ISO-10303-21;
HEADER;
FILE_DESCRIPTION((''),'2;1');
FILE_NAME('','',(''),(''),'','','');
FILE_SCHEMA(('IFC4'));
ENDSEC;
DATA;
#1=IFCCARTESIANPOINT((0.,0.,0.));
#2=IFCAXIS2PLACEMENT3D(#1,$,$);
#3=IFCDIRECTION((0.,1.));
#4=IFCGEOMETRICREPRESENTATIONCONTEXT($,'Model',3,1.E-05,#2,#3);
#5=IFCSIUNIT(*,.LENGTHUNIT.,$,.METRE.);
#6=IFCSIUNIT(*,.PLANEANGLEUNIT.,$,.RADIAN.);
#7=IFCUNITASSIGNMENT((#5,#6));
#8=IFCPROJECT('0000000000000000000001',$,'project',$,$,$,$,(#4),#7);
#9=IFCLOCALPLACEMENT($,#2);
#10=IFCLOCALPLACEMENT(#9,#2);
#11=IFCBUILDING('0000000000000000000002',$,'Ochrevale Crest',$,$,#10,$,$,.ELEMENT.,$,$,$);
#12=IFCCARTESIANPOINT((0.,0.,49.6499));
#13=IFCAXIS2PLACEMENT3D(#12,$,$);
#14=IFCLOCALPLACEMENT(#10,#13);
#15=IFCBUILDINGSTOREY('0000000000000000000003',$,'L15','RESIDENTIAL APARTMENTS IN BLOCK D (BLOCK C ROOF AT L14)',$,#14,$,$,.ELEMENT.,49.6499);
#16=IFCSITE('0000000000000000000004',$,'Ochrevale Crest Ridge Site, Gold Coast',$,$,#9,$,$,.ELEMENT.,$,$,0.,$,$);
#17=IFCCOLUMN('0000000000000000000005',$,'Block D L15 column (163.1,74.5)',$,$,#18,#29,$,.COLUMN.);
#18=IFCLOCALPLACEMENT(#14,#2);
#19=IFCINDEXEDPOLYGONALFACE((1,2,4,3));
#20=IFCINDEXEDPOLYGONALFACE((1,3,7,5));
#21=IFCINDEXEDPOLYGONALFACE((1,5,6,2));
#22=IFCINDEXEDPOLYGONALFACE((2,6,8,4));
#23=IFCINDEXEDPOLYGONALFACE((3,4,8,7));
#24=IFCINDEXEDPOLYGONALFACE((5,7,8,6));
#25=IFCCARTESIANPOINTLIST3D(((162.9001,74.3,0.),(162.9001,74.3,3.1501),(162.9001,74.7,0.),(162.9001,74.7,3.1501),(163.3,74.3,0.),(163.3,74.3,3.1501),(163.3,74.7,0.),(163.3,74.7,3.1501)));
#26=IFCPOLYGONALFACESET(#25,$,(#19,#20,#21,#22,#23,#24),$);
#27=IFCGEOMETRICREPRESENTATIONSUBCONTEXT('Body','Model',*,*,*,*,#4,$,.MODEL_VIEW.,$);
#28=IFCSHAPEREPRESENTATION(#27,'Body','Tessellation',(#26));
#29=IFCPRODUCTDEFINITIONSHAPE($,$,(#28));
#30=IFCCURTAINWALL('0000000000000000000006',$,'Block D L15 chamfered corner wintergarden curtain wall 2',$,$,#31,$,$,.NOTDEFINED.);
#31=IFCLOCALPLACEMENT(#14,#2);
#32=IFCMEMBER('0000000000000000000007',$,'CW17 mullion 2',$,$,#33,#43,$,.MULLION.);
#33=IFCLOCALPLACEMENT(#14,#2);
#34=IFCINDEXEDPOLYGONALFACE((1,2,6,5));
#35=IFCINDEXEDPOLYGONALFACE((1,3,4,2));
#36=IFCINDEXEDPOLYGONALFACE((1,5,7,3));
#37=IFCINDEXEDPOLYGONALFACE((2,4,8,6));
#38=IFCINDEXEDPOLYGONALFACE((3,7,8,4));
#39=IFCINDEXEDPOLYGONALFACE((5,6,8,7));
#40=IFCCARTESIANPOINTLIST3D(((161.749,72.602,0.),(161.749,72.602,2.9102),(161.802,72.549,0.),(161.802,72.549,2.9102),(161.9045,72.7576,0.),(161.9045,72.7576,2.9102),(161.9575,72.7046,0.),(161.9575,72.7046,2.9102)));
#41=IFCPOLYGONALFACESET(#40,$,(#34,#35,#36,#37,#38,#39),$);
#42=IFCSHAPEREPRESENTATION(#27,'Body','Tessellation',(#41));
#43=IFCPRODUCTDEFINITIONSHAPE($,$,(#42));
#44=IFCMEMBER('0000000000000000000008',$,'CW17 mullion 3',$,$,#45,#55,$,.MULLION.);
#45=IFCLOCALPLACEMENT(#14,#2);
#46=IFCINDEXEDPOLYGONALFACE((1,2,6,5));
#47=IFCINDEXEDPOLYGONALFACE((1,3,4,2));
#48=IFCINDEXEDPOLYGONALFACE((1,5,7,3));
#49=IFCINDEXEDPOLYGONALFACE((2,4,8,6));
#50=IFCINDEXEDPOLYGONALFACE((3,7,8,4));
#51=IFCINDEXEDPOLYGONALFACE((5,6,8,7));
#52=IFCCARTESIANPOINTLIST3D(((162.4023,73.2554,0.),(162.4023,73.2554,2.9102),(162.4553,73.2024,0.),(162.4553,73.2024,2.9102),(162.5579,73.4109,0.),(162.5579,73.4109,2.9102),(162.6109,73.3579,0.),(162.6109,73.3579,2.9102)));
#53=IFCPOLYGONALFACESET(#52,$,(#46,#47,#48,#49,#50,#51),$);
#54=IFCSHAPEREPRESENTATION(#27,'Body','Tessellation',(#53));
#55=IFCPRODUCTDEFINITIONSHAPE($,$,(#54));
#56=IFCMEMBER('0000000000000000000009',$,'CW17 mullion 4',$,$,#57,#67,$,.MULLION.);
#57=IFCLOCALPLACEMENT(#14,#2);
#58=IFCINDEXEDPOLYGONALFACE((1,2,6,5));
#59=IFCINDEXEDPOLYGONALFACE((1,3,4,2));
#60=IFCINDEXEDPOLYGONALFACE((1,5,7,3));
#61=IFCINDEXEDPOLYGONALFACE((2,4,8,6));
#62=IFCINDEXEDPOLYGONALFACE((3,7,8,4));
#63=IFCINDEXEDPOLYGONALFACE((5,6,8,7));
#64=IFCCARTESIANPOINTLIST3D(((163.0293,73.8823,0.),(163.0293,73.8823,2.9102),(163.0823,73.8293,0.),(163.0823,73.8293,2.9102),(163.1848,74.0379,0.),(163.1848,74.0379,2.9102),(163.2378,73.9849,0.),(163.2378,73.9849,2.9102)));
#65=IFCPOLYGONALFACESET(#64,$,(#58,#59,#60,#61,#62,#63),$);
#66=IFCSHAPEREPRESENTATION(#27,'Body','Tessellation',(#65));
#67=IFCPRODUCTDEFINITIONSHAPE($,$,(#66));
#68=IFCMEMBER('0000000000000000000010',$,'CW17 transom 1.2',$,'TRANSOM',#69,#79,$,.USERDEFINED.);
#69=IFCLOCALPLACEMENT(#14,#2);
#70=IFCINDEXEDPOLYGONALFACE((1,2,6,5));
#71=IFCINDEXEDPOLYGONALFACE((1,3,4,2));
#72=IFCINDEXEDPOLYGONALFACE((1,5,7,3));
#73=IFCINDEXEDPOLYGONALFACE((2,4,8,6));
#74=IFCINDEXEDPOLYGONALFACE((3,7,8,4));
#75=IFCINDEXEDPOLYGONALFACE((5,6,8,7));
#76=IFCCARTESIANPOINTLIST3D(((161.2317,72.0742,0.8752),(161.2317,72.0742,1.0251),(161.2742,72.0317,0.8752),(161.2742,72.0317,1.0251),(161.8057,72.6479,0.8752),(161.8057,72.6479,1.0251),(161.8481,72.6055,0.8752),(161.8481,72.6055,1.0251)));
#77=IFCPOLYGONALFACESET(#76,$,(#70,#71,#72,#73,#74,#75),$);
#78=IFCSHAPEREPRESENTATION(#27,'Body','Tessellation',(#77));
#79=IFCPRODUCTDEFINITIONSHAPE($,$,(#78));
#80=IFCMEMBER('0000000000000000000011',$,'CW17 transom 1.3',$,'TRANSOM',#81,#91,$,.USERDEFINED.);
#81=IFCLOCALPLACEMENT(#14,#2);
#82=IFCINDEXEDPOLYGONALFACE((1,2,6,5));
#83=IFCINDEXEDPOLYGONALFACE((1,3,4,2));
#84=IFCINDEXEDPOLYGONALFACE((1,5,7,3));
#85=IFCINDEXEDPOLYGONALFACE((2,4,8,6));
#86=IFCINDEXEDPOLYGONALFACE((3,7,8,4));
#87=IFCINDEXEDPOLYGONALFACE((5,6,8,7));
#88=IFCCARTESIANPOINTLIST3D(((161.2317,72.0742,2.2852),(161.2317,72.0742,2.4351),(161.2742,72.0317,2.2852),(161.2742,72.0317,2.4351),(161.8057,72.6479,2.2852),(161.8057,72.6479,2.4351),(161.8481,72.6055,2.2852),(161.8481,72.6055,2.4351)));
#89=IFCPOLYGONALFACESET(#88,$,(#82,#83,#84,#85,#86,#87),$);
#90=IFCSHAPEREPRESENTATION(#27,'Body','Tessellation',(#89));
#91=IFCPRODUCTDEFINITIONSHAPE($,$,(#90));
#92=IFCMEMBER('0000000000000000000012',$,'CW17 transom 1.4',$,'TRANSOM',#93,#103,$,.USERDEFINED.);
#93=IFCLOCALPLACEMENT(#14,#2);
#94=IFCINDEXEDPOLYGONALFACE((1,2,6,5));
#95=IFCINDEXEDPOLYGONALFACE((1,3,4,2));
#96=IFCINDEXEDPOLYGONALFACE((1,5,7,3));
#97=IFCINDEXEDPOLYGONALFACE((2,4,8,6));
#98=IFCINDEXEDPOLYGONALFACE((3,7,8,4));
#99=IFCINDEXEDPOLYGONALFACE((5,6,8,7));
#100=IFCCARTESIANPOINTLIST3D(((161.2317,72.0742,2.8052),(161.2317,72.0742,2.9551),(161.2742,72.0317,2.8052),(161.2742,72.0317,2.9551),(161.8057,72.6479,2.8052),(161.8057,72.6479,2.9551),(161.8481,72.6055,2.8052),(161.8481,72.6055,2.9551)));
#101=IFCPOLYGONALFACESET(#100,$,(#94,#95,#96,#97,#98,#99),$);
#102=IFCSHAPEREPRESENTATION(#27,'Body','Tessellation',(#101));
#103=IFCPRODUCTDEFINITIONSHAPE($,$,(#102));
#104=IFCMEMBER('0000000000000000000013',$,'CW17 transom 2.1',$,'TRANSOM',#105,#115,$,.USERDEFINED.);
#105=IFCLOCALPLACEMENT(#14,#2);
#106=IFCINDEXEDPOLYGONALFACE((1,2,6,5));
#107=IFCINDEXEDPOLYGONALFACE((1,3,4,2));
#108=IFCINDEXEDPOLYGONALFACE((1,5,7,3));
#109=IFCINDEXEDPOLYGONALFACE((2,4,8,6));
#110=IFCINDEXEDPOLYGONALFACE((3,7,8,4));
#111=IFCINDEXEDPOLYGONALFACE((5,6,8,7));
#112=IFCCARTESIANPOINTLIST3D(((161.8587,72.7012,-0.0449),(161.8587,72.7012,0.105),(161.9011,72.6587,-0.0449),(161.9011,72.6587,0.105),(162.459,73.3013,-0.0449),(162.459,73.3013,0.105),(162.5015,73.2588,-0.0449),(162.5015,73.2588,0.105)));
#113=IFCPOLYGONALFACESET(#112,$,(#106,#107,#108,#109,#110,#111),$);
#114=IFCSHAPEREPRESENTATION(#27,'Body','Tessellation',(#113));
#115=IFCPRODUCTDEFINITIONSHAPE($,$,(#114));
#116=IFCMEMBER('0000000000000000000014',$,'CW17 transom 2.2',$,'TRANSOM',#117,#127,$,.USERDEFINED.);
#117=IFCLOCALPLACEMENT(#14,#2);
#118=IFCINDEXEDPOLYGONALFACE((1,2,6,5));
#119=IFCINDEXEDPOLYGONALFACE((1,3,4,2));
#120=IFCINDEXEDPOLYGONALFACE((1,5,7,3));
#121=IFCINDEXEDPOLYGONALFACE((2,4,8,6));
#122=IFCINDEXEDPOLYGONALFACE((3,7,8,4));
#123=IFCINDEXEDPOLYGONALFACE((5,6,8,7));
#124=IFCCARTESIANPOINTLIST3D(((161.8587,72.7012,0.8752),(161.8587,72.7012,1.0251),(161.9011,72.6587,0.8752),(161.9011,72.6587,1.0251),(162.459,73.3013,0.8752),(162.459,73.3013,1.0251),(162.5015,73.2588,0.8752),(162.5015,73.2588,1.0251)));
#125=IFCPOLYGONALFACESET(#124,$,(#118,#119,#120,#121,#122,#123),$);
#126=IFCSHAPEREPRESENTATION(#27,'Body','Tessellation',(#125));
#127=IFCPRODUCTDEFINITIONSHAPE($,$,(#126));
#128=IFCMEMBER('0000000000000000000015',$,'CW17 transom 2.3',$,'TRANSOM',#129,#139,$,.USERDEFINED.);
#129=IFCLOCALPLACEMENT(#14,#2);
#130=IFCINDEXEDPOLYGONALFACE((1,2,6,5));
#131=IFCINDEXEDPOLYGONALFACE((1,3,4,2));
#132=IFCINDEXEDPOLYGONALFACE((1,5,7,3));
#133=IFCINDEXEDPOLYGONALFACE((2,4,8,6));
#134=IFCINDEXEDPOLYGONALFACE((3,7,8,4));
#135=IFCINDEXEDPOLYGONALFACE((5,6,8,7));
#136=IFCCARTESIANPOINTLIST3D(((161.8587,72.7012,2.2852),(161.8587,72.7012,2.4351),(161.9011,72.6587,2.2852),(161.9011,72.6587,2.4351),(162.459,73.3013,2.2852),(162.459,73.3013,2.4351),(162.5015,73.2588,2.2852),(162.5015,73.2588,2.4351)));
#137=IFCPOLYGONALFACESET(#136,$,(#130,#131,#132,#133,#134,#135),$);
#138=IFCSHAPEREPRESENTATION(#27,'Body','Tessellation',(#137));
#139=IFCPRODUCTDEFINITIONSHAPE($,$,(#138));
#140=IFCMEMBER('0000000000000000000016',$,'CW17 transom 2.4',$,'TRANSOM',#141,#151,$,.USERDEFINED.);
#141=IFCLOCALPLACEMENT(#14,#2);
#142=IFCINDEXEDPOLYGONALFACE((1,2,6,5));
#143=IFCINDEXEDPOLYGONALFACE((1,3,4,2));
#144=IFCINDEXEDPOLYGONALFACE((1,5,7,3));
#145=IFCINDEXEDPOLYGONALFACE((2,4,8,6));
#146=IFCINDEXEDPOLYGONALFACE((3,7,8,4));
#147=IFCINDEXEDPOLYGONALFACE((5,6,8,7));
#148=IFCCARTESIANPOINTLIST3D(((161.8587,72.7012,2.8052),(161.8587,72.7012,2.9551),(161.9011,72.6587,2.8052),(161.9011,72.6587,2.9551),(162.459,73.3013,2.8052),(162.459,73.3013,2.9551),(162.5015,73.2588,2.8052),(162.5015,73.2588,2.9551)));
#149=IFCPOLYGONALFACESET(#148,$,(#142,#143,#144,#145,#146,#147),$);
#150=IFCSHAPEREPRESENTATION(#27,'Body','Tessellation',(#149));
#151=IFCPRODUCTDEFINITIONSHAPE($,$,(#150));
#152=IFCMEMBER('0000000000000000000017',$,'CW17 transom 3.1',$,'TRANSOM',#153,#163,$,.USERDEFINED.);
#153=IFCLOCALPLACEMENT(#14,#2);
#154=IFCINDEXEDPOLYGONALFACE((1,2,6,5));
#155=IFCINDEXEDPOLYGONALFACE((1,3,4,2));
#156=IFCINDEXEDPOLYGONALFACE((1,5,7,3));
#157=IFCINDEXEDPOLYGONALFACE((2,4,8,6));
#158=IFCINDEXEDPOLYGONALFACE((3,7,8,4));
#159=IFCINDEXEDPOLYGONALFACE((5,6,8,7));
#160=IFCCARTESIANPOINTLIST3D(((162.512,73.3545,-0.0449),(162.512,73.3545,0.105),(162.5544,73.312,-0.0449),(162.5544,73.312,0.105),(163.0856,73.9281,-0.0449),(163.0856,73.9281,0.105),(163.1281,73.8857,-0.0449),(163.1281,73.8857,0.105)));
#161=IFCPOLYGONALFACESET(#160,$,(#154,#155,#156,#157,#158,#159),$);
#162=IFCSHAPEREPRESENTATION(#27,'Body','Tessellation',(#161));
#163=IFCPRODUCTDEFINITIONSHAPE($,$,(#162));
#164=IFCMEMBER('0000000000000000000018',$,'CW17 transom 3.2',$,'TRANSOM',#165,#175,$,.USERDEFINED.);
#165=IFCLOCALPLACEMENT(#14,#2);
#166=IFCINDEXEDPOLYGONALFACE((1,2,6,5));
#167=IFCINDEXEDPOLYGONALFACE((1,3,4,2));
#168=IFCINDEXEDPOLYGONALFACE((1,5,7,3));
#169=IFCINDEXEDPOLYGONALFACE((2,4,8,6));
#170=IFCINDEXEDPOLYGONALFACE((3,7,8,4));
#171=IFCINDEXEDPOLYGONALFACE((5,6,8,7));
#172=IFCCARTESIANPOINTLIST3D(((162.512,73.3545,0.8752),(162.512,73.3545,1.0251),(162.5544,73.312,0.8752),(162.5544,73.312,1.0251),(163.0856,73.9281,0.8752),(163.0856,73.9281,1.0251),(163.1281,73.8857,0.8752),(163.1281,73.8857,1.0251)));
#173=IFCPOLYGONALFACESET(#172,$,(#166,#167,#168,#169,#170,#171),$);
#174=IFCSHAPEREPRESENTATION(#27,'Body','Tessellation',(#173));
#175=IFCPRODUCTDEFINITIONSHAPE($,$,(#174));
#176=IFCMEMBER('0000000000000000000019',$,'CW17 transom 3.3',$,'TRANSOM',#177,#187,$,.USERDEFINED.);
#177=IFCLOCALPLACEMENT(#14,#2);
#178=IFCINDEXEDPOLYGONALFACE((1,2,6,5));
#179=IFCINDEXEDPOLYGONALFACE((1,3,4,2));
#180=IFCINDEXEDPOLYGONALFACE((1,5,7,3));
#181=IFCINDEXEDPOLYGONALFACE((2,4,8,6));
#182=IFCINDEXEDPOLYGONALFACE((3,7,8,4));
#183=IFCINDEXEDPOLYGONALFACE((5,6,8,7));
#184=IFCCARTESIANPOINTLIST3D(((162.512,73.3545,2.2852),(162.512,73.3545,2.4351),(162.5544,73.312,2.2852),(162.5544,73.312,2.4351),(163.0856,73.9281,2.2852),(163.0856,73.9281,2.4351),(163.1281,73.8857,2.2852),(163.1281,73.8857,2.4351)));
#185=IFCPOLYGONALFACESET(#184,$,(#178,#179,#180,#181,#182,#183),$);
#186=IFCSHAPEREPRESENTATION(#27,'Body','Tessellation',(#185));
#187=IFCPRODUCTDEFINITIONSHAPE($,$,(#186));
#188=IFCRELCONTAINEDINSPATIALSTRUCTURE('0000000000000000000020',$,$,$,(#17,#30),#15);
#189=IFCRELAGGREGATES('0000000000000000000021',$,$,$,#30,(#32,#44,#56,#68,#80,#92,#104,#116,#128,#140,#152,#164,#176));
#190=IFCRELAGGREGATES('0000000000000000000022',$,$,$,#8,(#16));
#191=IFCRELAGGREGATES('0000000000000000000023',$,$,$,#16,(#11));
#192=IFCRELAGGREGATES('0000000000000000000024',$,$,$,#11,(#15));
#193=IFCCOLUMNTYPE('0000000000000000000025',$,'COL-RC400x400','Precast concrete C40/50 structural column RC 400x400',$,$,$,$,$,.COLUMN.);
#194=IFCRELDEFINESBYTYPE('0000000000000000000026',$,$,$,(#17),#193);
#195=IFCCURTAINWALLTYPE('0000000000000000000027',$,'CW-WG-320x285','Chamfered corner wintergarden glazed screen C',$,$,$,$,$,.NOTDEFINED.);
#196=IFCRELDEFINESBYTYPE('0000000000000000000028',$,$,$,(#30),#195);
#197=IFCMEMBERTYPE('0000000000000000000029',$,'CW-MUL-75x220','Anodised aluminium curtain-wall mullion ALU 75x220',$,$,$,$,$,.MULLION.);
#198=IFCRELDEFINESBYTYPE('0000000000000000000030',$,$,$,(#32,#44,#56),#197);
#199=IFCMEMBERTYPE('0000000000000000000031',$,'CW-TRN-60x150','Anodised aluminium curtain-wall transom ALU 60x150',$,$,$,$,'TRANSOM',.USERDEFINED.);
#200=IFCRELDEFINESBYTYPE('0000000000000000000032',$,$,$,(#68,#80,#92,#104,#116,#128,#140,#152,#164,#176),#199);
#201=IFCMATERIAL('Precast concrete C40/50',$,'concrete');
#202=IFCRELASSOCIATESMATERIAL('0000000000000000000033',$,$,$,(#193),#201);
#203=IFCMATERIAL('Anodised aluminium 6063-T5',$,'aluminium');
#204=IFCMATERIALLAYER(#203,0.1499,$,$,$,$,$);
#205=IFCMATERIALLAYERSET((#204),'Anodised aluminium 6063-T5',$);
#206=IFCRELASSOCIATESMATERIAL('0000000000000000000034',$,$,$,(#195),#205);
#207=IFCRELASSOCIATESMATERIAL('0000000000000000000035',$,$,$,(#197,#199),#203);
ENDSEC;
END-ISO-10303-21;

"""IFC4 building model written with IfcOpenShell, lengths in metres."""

from ifc_helpers import new_model, si_unit, direction, frame, origin, origin_2d, place, context, subcontext, project, spatial, rectangle, extrude, material, layer, layer_set, material_profile, profile_set, type_object, element, aggregate, save


model = new_model("IFC4")

# Units and contexts
model_context = context("Model", 3, precision=1e-05, world=origin(), true_north=direction((0.0, 1.0)))
body_context = subcontext(model_context, "Body", "Model", "MODEL_VIEW")
ifc_project = project(units=[si_unit("LENGTHUNIT", "METRE"), si_unit("PLANEANGLEUNIT", "RADIAN")], contexts=[model_context])

# Site, building, storey
site_placement = place(None, origin())
site = spatial("IfcSite", under=ifc_project, at=site_placement, Name="Ochrevale Crest Ridge Site, Gold Coast", CompositionType="ELEMENT", RefElevation=0.0)
building_placement = place(site_placement, origin())
building = spatial("IfcBuilding", under=site, at=building_placement, Name="Ochrevale Crest", CompositionType="ELEMENT")
storey_placement = place(building_placement, frame((0.0, 0.0, 49.6499)))
storey = spatial("IfcBuildingStorey", under=building, at=storey_placement, Name="L15", Description="RESIDENTIAL APARTMENTS IN BLOCK D (BLOCK C ROOF AT L14)", CompositionType="ELEMENT", Elevation=49.6499)

# Column
ifc_material_1 = material(Name="Precast concrete C40/50", Category="concrete")
ifc_material_profile_1 = material_profile(ifc_material_1, rectangle(XDim=0.3999, YDim=0.3999, at=origin_2d()), Name="RC 400x400")
ifc_profile_set_1 = profile_set([ifc_material_profile_1], Name="Precast concrete C40/50")
column_type = type_object("IfcColumnType", Name="COL-RC400x400", Description="Precast concrete C40/50 structural column RC 400x400", PredefinedType="COLUMN", material=ifc_profile_set_1)
column_placement = place(storey_placement, frame((163.1001, 74.5, 0.0), z_axis=(0.0, 0.0, 1.0), x_axis=(1.0, 0.0, 0.0)))
element("IfcColumn", 1, at=column_placement, inside=storey, type_object=column_type, Name="Block D L15 column (163.1,74.5)", PredefinedType="COLUMN", context=body_context, shape_type="SweptSolid", body=[
    extrude(rectangle(XDim=0.3999, YDim=0.3999, at=origin_2d()), origin(), (0.0, 0.0, 1.0), 3.1501),
])

# Curtain wall, members
ifc_material_2 = material(Name="Anodised aluminium 6063-T5", Category="aluminium")
ifc_layer_1 = layer(ifc_material_2, 0.1499)
ifc_layer_set_1 = layer_set([ifc_layer_1], Name="Anodised aluminium 6063-T5")
curtain_wall_type = type_object("IfcCurtainWallType", Name="CW-WG-320x285", Description="Chamfered corner wintergarden glazed screen C", PredefinedType="NOTDEFINED", material=ifc_layer_set_1)
curtain_wall_placement = place(storey_placement, origin())
curtain_wall = element("IfcCurtainWall", 2, at=curtain_wall_placement, inside=storey, type_object=curtain_wall_type, Name="Block D L15 chamfered corner wintergarden curtain wall 2", PredefinedType="NOTDEFINED")
ifc_material_profile_2 = material_profile(ifc_material_2, rectangle(XDim=0.075, YDim=0.22, at=origin_2d()), Name="ALU 75x220")
ifc_profile_set_2 = profile_set([ifc_material_profile_2], Name="Anodised aluminium 6063-T5")
member_type_1 = type_object("IfcMemberType", Name="CW-MUL-75x220", Description="Anodised aluminium curtain-wall mullion ALU 75x220", PredefinedType="MULLION", material=ifc_profile_set_2)
member_1_placement = place(storey_placement, frame((161.8533, 72.6533, 0.0), z_axis=(0.0, 0.0, 1.0), x_axis=(-0.707107, 0.707107, 0.0)))
member_1 = element("IfcMember", 3, at=member_1_placement, type_object=member_type_1, Name="CW17 mullion 2", PredefinedType="MULLION", context=body_context, shape_type="SweptSolid", body=[
    extrude(rectangle(XDim=0.075, YDim=0.22, at=origin_2d()), origin(), (0.0, 0.0, 1.0), 2.9102),
])
member_2_placement = place(storey_placement, frame((162.5066, 73.3066, 0.0), z_axis=(0.0, 0.0, 1.0), x_axis=(-0.707107, 0.707107, 0.0)))
member_2 = element("IfcMember", 4, at=member_2_placement, type_object=member_type_1, Name="CW17 mullion 3", PredefinedType="MULLION", context=body_context, shape_type="SweptSolid", body=[
    extrude(rectangle(XDim=0.075, YDim=0.22, at=origin_2d()), origin(), (0.0, 0.0, 1.0), 2.9102),
])
member_3_placement = place(storey_placement, frame((163.1335, 73.9336, 0.0), z_axis=(0.0, 0.0, 1.0), x_axis=(-0.707107, 0.707107, 0.0)))
member_3 = element("IfcMember", 5, at=member_3_placement, type_object=member_type_1, Name="CW17 mullion 4", PredefinedType="MULLION", context=body_context, shape_type="SweptSolid", body=[
    extrude(rectangle(XDim=0.075, YDim=0.22, at=origin_2d()), origin(), (0.0, 0.0, 1.0), 2.9102),
])
ifc_material_profile_3 = material_profile(ifc_material_2, rectangle(XDim=0.0601, YDim=0.1499, at=origin_2d()), Name="ALU 60x150")
ifc_profile_set_3 = profile_set([ifc_material_profile_3], Name="Anodised aluminium 6063-T5")
member_type_2 = type_object("IfcMemberType", Name="CW-TRN-60x150", Description="Anodised aluminium curtain-wall transom ALU 60x150", ElementType="TRANSOM", PredefinedType="USERDEFINED", material=ifc_profile_set_3)
member_4_placement = place(storey_placement, frame((161.2529, 72.053, 0.9502), z_axis=(0.707257, 0.706956, 0.0), x_axis=(-0.706956, 0.707257, 0.0)))
member_4 = element("IfcMember", 6, at=member_4_placement, type_object=member_type_2, Name="CW17 transom 1.2", ObjectType="TRANSOM", PredefinedType="USERDEFINED", context=body_context, shape_type="SweptSolid", body=[
    extrude(rectangle(XDim=0.0601, YDim=0.1499, at=origin_2d()), origin(), (0.0, 0.0, 1.0), 0.8115),
])
member_5_placement = place(storey_placement, frame((161.2529, 72.053, 2.3601), z_axis=(0.707257, 0.706956, 0.0), x_axis=(-0.706956, 0.707257, 0.0)))
member_5 = element("IfcMember", 7, at=member_5_placement, type_object=member_type_2, Name="CW17 transom 1.3", ObjectType="TRANSOM", PredefinedType="USERDEFINED", context=body_context, shape_type="SweptSolid", body=[
    extrude(rectangle(XDim=0.0601, YDim=0.1499, at=origin_2d()), origin(), (0.0, 0.0, 1.0), 0.8115),
])
member_6_placement = place(storey_placement, frame((161.2529, 72.053, 2.8801), z_axis=(0.707257, 0.706956, 0.0), x_axis=(-0.706956, 0.707257, 0.0)))
member_6 = element("IfcMember", 8, at=member_6_placement, type_object=member_type_2, Name="CW17 transom 1.4", ObjectType="TRANSOM", PredefinedType="USERDEFINED", context=body_context, shape_type="SweptSolid", body=[
    extrude(rectangle(XDim=0.0601, YDim=0.1499, at=origin_2d()), origin(), (0.0, 0.0, 1.0), 0.8115),
])
member_7_placement = place(storey_placement, frame((161.8799, 72.6799, 0.03), z_axis=(0.707251, 0.706963, 0.0), x_axis=(-0.706963, 0.707251, 0.0)))
member_7 = element("IfcMember", 9, at=member_7_placement, type_object=member_type_2, Name="CW17 transom 2.1", ObjectType="TRANSOM", PredefinedType="USERDEFINED", context=body_context, shape_type="SweptSolid", body=[
    extrude(rectangle(XDim=0.0601, YDim=0.1499, at=origin_2d()), origin(), (0.0, 0.0, 1.0), 0.8489),
])
member_8_placement = place(storey_placement, frame((161.8799, 72.6799, 0.9502), z_axis=(0.707251, 0.706963, 0.0), x_axis=(-0.706963, 0.707251, 0.0)))
member_8 = element("IfcMember", 10, at=member_8_placement, type_object=member_type_2, Name="CW17 transom 2.2", ObjectType="TRANSOM", PredefinedType="USERDEFINED", context=body_context, shape_type="SweptSolid", body=[
    extrude(rectangle(XDim=0.0601, YDim=0.1499, at=origin_2d()), origin(), (0.0, 0.0, 1.0), 0.8489),
])
member_9_placement = place(storey_placement, frame((161.8799, 72.6799, 2.3601), z_axis=(0.707251, 0.706963, 0.0), x_axis=(-0.706963, 0.707251, 0.0)))
member_9 = element("IfcMember", 11, at=member_9_placement, type_object=member_type_2, Name="CW17 transom 2.3", ObjectType="TRANSOM", PredefinedType="USERDEFINED", context=body_context, shape_type="SweptSolid", body=[
    extrude(rectangle(XDim=0.0601, YDim=0.1499, at=origin_2d()), origin(), (0.0, 0.0, 1.0), 0.8489),
])
member_10_placement = place(storey_placement, frame((161.8799, 72.6799, 2.8801), z_axis=(0.707251, 0.706963, 0.0), x_axis=(-0.706963, 0.707251, 0.0)))
member_10 = element("IfcMember", 12, at=member_10_placement, type_object=member_type_2, Name="CW17 transom 2.4", ObjectType="TRANSOM", PredefinedType="USERDEFINED", context=body_context, shape_type="SweptSolid", body=[
    extrude(rectangle(XDim=0.0601, YDim=0.1499, at=origin_2d()), origin(), (0.0, 0.0, 1.0), 0.8489),
])
member_11_placement = place(storey_placement, frame((162.5332, 73.3333, 0.03), z_axis=(0.707107, 0.707107, 0.0), x_axis=(-0.707107, 0.707107, 0.0)))
member_11 = element("IfcMember", 13, at=member_11_placement, type_object=member_type_2, Name="CW17 transom 3.1", ObjectType="TRANSOM", PredefinedType="USERDEFINED", context=body_context, shape_type="SweptSolid", body=[
    extrude(rectangle(XDim=0.0601, YDim=0.1499, at=origin_2d()), origin(), (0.0, 0.0, 1.0), 0.8113),
])
member_12_placement = place(storey_placement, frame((162.5332, 73.3333, 0.9502), z_axis=(0.707107, 0.707107, 0.0), x_axis=(-0.707107, 0.707107, 0.0)))
member_12 = element("IfcMember", 14, at=member_12_placement, type_object=member_type_2, Name="CW17 transom 3.2", ObjectType="TRANSOM", PredefinedType="USERDEFINED", context=body_context, shape_type="SweptSolid", body=[
    extrude(rectangle(XDim=0.0601, YDim=0.1499, at=origin_2d()), origin(), (0.0, 0.0, 1.0), 0.8113),
])
member_13_placement = place(storey_placement, frame((162.5332, 73.3333, 2.3601), z_axis=(0.707107, 0.707107, 0.0), x_axis=(-0.707107, 0.707107, 0.0)))
member_13 = element("IfcMember", 15, at=member_13_placement, type_object=member_type_2, Name="CW17 transom 3.3", ObjectType="TRANSOM", PredefinedType="USERDEFINED", context=body_context, shape_type="SweptSolid", body=[
    extrude(rectangle(XDim=0.0601, YDim=0.1499, at=origin_2d()), origin(), (0.0, 0.0, 1.0), 0.8113),
])
aggregate(curtain_wall, [member_1, member_2, member_3, member_4, member_5, member_6, member_7, member_8, member_9, member_10, member_11, member_12, member_13])

save(model, "model.ifc")
